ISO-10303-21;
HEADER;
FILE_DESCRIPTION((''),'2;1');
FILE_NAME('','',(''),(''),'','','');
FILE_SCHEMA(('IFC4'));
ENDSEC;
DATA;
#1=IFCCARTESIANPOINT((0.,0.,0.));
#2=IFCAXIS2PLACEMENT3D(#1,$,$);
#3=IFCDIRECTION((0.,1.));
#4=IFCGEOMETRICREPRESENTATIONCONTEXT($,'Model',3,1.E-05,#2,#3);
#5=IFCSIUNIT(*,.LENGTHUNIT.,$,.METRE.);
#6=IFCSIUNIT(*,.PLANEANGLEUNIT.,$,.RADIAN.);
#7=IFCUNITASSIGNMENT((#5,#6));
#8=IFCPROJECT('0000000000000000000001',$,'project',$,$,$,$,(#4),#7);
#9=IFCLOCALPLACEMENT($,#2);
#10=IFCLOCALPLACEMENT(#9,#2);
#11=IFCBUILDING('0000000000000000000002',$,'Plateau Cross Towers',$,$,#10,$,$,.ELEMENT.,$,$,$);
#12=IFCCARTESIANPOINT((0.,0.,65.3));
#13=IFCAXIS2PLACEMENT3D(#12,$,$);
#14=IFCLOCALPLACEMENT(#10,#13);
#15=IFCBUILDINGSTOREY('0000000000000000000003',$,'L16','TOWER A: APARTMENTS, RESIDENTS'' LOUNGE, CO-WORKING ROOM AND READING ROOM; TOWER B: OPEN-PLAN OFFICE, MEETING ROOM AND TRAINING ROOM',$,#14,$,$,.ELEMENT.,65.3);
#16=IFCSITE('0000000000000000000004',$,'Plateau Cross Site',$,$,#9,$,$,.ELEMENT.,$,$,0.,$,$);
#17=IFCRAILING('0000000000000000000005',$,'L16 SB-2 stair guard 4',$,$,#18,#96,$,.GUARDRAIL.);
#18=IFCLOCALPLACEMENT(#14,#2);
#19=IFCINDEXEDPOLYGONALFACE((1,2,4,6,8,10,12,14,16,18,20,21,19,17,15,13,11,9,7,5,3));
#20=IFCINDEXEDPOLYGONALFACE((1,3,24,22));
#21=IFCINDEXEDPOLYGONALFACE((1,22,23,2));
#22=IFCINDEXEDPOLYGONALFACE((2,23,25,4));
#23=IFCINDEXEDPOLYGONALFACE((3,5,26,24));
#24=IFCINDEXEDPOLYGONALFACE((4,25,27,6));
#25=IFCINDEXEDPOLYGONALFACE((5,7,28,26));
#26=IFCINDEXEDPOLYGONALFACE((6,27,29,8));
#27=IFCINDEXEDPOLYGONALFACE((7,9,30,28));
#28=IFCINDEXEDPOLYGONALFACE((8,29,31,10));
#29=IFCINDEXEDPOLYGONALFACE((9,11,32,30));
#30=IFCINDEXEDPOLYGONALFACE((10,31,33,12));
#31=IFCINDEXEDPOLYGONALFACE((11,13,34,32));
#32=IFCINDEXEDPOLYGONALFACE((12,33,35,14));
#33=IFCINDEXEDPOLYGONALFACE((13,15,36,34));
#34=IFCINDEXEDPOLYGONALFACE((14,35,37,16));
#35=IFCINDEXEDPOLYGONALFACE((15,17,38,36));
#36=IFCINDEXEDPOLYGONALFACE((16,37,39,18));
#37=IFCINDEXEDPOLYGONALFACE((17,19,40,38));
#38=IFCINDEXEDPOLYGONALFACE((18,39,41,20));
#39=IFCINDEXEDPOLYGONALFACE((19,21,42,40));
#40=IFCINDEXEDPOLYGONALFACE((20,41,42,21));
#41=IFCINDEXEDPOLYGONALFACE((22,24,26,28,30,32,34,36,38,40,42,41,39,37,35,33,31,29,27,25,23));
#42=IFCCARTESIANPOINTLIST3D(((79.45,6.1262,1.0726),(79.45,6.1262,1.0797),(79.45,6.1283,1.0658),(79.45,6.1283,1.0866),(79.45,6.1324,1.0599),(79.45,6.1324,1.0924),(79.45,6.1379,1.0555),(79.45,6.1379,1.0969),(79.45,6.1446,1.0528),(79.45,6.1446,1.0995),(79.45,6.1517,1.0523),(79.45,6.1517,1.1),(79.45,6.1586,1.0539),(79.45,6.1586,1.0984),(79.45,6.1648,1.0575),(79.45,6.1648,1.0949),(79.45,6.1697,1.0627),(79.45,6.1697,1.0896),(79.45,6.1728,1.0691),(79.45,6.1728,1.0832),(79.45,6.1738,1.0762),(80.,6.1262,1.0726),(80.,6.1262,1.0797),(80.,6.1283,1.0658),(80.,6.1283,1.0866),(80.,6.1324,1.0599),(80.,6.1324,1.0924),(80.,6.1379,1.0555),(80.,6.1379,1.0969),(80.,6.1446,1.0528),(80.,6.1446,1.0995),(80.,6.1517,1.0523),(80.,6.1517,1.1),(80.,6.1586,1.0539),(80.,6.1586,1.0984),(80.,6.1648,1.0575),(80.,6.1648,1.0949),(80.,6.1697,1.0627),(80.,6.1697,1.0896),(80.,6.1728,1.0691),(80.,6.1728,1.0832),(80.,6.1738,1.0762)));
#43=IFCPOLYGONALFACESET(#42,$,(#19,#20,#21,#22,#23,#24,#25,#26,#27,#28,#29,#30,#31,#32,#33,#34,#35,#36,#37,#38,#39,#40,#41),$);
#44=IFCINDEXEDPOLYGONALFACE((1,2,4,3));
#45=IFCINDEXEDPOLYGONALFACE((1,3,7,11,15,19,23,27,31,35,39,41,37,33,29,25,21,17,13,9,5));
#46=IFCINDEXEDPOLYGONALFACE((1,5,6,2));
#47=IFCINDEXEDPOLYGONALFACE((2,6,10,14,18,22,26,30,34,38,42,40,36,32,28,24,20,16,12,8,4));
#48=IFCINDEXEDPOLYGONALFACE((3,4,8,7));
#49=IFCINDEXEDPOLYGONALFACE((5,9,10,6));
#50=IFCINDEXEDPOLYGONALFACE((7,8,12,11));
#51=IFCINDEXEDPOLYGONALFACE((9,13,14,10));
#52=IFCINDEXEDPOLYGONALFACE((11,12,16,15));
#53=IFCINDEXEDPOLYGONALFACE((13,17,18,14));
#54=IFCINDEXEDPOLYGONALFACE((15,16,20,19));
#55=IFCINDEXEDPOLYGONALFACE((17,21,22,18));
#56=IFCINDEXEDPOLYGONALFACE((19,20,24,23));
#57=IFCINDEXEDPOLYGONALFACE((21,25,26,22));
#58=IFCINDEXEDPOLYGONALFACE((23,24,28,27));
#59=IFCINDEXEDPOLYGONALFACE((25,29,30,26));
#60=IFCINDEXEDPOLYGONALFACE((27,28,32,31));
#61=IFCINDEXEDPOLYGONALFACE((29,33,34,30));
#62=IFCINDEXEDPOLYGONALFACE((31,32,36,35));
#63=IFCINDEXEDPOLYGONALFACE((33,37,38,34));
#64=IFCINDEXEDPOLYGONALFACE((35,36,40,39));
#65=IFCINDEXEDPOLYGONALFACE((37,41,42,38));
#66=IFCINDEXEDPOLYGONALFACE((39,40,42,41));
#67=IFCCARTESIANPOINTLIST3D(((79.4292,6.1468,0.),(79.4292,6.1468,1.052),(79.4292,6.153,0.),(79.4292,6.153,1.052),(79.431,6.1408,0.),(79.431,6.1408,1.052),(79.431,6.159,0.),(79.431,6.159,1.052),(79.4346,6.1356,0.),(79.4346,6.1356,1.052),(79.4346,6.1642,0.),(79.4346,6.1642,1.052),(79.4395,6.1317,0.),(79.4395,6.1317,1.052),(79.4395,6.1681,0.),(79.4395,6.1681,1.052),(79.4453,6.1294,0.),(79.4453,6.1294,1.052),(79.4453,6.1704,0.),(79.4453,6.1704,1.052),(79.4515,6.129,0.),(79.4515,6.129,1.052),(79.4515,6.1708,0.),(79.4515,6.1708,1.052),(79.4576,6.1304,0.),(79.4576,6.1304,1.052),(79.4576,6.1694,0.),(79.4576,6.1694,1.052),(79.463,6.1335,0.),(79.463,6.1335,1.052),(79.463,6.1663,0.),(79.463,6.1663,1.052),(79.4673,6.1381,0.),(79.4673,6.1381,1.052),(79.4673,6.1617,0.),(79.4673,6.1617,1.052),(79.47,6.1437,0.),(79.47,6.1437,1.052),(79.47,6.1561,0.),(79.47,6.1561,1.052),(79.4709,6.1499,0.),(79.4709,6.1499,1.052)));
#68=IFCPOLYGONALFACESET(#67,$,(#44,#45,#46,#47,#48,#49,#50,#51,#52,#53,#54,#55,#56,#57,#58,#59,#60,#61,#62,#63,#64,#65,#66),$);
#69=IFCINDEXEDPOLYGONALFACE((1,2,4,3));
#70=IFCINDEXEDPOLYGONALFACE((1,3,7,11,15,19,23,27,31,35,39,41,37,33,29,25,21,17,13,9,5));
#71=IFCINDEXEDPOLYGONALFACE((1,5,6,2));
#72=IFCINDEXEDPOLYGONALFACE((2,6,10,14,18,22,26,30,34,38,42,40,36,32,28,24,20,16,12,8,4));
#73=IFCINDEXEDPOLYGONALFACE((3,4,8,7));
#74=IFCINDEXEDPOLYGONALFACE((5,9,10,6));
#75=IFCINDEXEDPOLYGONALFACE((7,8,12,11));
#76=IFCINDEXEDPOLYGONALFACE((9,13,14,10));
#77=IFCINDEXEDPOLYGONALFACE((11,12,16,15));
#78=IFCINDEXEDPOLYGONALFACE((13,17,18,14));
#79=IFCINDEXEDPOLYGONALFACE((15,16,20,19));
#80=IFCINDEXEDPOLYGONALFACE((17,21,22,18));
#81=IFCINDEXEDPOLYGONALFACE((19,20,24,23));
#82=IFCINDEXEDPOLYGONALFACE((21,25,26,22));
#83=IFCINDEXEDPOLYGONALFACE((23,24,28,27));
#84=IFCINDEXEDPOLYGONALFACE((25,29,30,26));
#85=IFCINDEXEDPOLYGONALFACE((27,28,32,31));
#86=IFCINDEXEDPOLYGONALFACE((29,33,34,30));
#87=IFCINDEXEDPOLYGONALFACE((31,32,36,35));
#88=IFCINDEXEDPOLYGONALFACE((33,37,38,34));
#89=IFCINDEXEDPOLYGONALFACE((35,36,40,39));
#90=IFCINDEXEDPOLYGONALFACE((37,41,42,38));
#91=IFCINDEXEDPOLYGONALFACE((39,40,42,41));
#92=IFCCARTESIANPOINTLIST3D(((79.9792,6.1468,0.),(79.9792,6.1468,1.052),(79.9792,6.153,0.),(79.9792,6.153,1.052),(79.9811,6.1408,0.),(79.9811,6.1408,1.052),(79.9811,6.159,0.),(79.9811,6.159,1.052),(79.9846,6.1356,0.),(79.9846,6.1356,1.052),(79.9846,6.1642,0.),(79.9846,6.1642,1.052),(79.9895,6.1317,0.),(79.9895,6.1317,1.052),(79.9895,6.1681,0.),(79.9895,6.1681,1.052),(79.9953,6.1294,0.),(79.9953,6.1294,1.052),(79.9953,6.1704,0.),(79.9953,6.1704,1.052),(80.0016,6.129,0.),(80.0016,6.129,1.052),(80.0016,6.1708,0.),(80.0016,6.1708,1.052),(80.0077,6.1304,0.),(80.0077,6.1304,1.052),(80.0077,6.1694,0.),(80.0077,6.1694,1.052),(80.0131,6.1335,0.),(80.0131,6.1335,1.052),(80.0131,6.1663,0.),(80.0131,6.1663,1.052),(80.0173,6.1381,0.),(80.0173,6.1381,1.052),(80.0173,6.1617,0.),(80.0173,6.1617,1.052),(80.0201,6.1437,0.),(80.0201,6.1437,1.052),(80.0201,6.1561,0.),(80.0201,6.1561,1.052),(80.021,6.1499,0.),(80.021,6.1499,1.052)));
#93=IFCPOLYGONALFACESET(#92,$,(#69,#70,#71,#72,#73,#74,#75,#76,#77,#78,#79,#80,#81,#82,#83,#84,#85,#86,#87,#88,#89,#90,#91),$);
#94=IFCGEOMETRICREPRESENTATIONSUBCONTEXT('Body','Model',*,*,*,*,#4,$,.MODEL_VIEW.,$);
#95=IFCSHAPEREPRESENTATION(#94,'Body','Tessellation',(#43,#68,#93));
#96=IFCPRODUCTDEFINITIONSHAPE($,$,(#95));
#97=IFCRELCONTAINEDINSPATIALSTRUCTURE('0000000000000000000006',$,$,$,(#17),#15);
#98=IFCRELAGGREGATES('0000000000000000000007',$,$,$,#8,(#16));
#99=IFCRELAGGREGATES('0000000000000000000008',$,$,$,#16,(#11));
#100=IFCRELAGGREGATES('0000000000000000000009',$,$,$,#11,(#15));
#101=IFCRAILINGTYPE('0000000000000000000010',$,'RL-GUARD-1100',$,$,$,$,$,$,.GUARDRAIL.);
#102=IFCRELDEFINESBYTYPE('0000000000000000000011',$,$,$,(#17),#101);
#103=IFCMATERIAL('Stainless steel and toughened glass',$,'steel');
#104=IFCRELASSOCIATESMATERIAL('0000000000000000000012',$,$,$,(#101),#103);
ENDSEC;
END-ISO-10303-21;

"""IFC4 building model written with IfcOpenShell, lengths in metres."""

from ifc_helpers import new_model, si_unit, direction, frame, origin, origin_2d, place, context, subcontext, project, spatial, circle, extrude, material, type_object, element, save


model = new_model("IFC4")

# Units and contexts
model_context = context("Model", 3, precision=1e-05, world=origin(), true_north=direction((0.0, 1.0)))
body_context = subcontext(model_context, "Body", "Model", "MODEL_VIEW")
ifc_project = project(units=[si_unit("LENGTHUNIT", "METRE"), si_unit("PLANEANGLEUNIT", "RADIAN")], contexts=[model_context])

# Site, building, storey
site_placement = place(None, origin())
site = spatial("IfcSite", under=ifc_project, at=site_placement, Name="Plateau Cross Site", CompositionType="ELEMENT", RefElevation=0.0)
building_placement = place(site_placement, origin())
building = spatial("IfcBuilding", under=site, at=building_placement, Name="Plateau Cross Towers", CompositionType="ELEMENT")
storey_placement = place(building_placement, frame((0.0, 0.0, 65.3)))
storey = spatial("IfcBuildingStorey", under=building, at=storey_placement, Name="L16", Description="TOWER A: APARTMENTS, RESIDENTS' LOUNGE, CO-WORKING ROOM AND READING ROOM; TOWER B: OPEN-PLAN OFFICE, MEETING ROOM AND TRAINING ROOM", CompositionType="ELEMENT", Elevation=65.3)

# Railing
ifc_material_1 = material(Name="Stainless steel and toughened glass", Category="steel")
railing_type = type_object("IfcRailingType", Name="RL-GUARD-1100", PredefinedType="GUARDRAIL", material=ifc_material_1)
railing_placement = place(storey_placement, frame((79.45, 6.1499, 0.0)))
element("IfcRailing", 1, at=railing_placement, inside=storey, type_object=railing_type, Name="L16 SB-2 stair guard 4", PredefinedType="GUARDRAIL", context=body_context, shape_type="SweptSolid", body=[
    extrude(circle(Radius=0.0239, at=origin_2d()), frame((0.0, 0.0, 1.0762), z_axis=(1.0, 0.0, 0.0), x_axis=(0.0, 1.0, 0.0)), (0.0, 0.0, 1.0), 0.55),
    extrude(circle(Radius=0.021, at=origin_2d()), origin(), (0.0, 0.0, 1.0), 1.052),
    extrude(circle(Radius=0.021, at=origin_2d()), frame((0.55, 0.0, 0.0)), (0.0, 0.0, 1.0), 1.052),
])

save(model, "model.ifc")
